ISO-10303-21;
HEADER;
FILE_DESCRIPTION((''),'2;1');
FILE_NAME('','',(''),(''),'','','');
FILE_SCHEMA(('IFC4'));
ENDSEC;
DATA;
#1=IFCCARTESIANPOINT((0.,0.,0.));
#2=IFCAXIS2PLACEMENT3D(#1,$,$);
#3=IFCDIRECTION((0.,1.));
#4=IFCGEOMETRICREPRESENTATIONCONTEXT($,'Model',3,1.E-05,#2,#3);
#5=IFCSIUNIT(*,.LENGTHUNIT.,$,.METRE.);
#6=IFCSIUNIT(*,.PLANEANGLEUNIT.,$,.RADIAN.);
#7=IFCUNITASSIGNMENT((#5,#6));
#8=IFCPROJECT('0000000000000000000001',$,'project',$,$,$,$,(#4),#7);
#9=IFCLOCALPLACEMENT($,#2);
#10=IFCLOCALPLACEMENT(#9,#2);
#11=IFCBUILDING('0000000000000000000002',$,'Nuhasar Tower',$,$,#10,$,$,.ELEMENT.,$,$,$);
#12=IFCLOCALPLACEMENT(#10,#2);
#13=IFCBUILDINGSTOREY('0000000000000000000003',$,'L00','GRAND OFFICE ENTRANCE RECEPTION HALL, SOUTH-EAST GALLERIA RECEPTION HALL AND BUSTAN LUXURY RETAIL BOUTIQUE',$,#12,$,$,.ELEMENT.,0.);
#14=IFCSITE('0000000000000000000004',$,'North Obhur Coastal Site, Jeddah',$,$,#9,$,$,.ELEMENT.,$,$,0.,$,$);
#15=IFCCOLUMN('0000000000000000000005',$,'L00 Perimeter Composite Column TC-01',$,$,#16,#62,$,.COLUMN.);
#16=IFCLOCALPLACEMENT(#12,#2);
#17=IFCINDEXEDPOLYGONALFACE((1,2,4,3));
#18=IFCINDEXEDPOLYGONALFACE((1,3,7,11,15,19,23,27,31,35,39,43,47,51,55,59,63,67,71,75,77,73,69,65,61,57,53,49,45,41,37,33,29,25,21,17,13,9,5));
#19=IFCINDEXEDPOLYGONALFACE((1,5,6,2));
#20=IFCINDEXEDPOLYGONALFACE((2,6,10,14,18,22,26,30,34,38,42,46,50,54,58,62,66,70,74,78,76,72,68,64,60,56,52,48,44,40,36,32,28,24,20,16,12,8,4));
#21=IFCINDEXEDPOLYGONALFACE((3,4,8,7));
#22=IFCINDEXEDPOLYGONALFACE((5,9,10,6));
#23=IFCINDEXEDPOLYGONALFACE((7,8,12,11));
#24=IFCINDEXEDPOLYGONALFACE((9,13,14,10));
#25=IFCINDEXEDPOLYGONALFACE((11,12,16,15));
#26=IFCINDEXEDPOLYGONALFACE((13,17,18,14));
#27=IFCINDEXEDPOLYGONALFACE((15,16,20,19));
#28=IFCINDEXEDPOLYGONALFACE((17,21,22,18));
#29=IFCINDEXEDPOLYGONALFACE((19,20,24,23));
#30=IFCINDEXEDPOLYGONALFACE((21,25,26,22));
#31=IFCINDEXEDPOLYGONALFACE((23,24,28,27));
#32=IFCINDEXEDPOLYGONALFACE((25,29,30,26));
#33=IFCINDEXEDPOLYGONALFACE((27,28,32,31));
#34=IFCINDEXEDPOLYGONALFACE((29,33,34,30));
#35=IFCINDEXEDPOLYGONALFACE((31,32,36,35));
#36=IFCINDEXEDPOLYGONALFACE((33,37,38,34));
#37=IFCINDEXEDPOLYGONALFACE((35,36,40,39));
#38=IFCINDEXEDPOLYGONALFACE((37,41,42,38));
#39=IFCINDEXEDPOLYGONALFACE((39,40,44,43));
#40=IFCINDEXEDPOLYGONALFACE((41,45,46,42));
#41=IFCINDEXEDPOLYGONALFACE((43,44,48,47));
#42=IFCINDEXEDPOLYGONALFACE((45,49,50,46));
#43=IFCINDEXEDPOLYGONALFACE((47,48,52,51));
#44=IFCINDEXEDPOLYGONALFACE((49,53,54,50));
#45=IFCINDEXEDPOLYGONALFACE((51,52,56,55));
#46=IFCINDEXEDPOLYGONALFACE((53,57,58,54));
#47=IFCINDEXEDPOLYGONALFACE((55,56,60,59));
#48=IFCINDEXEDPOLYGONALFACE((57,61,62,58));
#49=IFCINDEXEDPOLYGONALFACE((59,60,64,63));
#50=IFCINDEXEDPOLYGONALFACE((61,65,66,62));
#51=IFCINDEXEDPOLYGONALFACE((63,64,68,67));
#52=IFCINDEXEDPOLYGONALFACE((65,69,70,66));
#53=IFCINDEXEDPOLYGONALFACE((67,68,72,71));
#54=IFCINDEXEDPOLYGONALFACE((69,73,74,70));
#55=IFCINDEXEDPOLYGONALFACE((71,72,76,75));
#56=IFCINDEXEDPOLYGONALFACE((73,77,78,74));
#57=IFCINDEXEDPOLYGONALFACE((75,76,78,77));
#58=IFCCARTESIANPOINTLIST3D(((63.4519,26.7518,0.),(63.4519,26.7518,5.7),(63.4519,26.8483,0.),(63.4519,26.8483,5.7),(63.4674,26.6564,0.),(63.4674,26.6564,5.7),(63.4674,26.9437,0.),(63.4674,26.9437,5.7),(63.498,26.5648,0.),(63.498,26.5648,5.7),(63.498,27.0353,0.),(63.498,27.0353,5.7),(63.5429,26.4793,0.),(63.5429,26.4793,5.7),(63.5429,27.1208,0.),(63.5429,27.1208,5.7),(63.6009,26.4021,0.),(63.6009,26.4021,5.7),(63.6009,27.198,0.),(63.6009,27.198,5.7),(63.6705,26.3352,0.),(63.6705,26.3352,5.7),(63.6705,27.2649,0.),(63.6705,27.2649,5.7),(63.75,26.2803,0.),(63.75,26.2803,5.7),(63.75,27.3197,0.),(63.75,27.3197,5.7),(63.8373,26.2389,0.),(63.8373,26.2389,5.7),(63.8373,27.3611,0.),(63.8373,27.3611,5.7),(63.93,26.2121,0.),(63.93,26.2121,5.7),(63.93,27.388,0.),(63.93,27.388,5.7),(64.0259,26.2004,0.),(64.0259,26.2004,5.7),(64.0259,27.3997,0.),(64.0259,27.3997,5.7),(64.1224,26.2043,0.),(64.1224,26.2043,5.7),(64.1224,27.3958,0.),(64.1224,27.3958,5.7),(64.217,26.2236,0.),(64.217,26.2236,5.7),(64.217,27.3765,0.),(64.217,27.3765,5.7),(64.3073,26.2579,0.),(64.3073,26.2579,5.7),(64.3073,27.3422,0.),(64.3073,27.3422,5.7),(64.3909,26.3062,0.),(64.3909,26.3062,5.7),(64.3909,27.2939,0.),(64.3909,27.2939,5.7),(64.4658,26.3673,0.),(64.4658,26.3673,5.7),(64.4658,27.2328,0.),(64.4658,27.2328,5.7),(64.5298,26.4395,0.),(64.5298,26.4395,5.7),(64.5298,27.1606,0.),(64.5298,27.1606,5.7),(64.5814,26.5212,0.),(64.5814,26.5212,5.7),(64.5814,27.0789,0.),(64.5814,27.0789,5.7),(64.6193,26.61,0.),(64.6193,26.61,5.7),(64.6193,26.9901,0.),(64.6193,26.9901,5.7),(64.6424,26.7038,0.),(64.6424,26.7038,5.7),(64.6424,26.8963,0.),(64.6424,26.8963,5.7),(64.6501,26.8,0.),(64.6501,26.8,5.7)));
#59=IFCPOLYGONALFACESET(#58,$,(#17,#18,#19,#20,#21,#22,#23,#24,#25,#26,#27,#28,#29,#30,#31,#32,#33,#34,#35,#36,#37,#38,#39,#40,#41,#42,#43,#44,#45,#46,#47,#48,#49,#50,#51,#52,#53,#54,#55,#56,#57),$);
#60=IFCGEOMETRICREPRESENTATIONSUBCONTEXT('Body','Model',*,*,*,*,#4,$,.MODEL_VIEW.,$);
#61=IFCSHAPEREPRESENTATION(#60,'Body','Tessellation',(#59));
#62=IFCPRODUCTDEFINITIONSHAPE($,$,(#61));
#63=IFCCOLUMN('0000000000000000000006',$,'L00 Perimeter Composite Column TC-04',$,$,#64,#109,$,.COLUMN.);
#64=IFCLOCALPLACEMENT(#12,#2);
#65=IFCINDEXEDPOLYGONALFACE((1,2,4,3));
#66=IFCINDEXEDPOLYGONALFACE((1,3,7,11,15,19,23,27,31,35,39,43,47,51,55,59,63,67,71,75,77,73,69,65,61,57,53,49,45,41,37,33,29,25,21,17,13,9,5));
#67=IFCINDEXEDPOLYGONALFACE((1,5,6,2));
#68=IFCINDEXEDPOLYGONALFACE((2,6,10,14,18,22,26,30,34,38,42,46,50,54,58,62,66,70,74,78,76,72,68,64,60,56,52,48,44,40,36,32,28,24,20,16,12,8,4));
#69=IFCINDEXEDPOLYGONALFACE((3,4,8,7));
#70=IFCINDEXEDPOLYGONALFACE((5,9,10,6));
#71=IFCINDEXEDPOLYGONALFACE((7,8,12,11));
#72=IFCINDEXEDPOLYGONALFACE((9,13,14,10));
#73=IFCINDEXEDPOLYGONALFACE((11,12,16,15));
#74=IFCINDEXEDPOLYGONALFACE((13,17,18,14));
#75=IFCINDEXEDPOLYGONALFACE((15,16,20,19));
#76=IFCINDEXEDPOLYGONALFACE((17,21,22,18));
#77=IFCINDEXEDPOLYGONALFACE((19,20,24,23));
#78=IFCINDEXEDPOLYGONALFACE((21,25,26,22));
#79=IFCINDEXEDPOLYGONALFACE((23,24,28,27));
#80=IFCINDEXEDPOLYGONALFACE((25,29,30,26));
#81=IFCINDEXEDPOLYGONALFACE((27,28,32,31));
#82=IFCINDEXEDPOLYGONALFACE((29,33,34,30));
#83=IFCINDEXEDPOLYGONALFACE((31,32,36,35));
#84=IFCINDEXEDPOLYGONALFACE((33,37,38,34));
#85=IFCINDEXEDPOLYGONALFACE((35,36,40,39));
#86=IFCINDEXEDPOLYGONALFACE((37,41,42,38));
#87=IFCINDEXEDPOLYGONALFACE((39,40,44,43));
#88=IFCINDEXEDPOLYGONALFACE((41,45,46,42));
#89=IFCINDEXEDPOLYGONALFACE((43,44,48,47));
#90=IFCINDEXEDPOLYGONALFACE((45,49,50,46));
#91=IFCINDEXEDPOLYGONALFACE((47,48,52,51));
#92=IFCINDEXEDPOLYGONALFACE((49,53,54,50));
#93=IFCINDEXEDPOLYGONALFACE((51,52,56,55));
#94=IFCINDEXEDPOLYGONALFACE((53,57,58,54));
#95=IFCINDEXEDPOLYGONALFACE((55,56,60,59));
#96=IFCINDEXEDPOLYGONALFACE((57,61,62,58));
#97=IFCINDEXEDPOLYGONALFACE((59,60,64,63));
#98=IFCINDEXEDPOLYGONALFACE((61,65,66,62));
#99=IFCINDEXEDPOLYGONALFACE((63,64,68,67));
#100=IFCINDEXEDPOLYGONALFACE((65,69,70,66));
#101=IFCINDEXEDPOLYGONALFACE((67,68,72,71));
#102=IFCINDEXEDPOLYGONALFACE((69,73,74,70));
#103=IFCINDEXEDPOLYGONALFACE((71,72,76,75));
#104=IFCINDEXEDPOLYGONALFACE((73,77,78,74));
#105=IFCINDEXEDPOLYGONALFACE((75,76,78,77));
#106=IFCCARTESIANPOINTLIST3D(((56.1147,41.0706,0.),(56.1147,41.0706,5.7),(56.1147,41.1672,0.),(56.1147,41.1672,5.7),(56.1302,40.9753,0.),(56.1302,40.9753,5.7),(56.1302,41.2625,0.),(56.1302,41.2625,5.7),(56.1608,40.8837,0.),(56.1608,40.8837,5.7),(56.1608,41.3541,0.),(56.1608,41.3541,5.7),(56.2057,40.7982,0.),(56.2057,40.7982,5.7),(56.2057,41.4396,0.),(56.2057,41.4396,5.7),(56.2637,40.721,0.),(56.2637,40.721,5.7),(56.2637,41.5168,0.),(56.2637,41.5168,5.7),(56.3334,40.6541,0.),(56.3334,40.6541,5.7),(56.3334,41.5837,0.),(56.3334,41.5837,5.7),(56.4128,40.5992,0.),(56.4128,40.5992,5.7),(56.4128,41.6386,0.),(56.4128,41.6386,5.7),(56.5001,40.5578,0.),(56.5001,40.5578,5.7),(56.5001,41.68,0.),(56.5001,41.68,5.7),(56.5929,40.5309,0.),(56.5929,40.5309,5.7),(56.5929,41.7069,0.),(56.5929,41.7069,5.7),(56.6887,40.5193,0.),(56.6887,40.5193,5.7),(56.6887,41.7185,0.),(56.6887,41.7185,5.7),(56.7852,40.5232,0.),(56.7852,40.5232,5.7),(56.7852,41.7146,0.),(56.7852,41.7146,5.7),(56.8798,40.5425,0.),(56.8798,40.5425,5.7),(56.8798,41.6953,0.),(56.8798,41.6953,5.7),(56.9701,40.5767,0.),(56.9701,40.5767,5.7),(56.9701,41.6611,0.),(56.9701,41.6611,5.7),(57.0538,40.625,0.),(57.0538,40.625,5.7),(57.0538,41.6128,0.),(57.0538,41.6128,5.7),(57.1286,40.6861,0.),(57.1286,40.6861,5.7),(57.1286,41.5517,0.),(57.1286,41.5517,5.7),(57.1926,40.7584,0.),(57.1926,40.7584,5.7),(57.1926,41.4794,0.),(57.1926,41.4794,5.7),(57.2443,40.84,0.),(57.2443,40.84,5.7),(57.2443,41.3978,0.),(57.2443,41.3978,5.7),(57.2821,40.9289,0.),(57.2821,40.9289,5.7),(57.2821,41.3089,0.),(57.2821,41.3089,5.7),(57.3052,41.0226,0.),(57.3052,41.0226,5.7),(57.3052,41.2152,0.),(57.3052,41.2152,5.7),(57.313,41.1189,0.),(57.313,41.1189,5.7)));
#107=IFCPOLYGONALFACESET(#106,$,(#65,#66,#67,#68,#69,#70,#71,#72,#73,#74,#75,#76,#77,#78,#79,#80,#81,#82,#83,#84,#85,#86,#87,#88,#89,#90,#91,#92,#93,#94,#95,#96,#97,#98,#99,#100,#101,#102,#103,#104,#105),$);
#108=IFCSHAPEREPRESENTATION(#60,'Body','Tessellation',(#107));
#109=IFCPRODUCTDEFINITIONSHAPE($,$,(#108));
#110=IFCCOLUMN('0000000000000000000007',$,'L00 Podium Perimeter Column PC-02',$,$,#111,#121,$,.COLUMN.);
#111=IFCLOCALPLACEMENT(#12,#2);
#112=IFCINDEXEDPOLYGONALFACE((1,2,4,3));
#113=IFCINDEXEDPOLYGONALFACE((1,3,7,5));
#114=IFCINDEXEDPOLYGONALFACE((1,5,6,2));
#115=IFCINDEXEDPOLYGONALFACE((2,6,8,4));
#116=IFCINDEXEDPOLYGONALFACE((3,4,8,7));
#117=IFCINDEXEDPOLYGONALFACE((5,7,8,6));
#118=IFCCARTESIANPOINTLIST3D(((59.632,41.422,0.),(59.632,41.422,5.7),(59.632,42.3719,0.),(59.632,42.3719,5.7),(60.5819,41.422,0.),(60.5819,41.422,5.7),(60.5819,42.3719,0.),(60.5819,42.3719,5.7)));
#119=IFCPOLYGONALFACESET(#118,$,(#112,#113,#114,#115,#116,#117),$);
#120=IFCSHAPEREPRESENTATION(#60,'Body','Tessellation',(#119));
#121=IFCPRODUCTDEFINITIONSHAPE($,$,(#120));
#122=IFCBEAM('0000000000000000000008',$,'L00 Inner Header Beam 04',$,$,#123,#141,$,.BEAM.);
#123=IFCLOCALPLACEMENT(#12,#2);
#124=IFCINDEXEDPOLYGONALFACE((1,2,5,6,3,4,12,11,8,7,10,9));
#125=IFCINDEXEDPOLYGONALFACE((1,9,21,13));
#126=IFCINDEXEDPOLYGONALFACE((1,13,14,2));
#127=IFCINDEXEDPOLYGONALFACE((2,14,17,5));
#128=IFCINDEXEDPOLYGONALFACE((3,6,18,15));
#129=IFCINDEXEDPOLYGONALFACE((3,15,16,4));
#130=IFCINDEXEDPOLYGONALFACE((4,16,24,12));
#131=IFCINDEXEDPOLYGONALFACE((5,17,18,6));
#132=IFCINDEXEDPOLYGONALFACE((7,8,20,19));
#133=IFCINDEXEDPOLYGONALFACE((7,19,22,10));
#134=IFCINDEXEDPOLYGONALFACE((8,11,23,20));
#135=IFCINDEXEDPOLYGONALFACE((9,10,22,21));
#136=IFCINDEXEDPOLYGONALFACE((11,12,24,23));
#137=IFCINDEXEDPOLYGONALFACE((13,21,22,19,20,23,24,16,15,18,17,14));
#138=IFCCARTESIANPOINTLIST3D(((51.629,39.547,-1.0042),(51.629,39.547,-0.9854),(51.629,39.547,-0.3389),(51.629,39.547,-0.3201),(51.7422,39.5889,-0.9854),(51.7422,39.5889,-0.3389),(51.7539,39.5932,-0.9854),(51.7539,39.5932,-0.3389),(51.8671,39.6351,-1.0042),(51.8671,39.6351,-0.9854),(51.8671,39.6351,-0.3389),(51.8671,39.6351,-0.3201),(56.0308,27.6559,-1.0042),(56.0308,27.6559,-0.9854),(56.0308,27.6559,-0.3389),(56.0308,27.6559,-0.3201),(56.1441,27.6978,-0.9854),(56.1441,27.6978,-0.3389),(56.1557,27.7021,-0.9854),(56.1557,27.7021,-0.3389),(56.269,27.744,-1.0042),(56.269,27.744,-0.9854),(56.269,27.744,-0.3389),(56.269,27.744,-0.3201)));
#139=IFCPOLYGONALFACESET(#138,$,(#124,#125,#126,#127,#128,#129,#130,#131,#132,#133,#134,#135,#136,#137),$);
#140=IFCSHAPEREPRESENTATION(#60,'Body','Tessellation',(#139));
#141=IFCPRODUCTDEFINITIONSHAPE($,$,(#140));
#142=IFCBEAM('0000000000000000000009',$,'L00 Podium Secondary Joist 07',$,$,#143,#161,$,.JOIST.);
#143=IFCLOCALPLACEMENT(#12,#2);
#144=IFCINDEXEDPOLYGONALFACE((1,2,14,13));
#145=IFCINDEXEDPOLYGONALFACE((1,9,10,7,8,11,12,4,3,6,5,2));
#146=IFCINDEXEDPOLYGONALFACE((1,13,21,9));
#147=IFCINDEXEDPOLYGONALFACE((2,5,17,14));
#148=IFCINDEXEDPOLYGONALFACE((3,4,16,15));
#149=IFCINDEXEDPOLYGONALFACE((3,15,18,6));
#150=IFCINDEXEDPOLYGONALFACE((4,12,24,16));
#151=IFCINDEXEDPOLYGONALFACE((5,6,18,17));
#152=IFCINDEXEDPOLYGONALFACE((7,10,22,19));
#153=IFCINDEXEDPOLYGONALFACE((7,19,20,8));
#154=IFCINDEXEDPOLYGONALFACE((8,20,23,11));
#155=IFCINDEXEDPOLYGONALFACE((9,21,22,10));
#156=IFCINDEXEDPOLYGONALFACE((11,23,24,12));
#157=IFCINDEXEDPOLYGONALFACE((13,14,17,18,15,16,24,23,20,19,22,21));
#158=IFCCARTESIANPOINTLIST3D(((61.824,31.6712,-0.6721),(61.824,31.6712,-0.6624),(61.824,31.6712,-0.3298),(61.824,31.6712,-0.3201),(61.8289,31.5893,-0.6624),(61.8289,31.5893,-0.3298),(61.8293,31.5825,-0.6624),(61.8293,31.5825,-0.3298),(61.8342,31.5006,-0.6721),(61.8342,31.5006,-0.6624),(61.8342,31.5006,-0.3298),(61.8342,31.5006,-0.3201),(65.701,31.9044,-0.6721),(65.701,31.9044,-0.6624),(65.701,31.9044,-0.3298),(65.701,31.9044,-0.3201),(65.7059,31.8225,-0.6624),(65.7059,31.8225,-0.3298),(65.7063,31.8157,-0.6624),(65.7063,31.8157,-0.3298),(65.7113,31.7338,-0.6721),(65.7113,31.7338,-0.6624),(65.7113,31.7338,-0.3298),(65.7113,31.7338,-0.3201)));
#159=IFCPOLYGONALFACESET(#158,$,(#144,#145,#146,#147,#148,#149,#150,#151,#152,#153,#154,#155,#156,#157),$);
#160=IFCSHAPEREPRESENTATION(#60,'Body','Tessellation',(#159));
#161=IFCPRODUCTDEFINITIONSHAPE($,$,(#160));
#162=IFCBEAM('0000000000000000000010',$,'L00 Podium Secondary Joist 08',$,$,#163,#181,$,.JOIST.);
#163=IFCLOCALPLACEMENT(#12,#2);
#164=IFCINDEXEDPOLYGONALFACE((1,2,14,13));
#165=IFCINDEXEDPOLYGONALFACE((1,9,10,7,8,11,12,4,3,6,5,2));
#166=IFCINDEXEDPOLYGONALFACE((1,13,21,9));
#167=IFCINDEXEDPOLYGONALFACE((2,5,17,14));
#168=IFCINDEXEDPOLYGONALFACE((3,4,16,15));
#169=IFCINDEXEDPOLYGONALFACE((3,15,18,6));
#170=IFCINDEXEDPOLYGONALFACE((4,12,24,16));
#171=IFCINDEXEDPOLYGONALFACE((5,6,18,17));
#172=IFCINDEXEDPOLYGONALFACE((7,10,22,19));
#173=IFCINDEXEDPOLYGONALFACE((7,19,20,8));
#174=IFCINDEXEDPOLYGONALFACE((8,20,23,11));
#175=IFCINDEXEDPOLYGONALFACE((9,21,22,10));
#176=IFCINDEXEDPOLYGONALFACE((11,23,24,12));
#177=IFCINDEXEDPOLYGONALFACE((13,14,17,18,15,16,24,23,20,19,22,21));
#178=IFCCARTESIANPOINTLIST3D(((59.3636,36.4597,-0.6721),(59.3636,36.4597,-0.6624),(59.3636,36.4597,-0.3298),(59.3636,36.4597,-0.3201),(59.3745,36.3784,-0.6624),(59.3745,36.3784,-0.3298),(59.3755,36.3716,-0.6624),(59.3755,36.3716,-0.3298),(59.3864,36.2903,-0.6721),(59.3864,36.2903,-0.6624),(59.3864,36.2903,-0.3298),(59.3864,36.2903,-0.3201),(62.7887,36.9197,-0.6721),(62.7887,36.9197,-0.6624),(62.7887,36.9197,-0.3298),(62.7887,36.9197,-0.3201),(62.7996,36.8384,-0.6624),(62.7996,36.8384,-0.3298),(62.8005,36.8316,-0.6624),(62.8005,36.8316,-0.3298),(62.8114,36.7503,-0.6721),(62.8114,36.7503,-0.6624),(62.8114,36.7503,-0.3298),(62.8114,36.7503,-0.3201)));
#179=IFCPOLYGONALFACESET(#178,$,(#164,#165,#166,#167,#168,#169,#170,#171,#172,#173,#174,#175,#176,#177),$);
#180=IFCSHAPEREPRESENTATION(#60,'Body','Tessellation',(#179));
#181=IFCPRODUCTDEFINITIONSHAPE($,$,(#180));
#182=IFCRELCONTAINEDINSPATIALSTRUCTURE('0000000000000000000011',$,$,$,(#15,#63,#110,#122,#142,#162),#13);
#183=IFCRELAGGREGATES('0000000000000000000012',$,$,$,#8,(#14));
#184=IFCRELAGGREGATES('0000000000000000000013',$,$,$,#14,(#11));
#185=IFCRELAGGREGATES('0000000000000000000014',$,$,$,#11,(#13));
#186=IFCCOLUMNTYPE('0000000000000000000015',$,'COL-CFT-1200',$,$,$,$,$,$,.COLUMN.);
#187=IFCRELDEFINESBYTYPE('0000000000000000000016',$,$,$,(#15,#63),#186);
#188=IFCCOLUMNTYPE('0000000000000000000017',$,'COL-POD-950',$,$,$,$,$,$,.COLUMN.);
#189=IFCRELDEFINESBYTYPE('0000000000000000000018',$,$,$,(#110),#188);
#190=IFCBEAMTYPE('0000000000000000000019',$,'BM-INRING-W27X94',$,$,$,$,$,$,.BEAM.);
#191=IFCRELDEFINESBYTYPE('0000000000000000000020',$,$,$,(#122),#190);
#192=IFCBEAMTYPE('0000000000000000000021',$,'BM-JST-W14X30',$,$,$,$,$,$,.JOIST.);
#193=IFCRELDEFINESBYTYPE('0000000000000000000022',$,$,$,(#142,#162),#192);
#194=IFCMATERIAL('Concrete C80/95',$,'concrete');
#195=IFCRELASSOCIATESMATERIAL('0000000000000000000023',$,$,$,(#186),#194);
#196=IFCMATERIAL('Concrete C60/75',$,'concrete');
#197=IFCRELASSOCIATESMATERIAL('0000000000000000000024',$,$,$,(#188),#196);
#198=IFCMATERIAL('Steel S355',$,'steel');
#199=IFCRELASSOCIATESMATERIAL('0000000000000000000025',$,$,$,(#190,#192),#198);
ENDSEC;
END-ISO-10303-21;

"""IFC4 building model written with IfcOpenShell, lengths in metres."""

from ifc_helpers import new_model, si_unit, direction, frame, origin, origin_2d, place, context, subcontext, project, spatial, rectangle, circle, i_section, extrude, material, material_profile, profile_set, type_object, element, save


model = new_model("IFC4")

# Units and contexts
model_context = context("Model", 3, precision=1e-05, world=origin(), true_north=direction((0.0, 1.0)))
body_context = subcontext(model_context, "Body", "Model", "MODEL_VIEW")
ifc_project = project(units=[si_unit("LENGTHUNIT", "METRE"), si_unit("PLANEANGLEUNIT", "RADIAN")], contexts=[model_context])

# Site, building, storey
site_placement = place(None, origin())
site = spatial("IfcSite", under=ifc_project, at=site_placement, Name="North Obhur Coastal Site, Jeddah", CompositionType="ELEMENT", RefElevation=0.0)
building_placement = place(site_placement, origin())
building = spatial("IfcBuilding", under=site, at=building_placement, Name="Nuhasar Tower", CompositionType="ELEMENT")
storey_placement = place(building_placement, origin())
storey = spatial("IfcBuildingStorey", under=building, at=storey_placement, Name="L00", Description="GRAND OFFICE ENTRANCE RECEPTION HALL, SOUTH-EAST GALLERIA RECEPTION HALL AND BUSTAN LUXURY RETAIL BOUTIQUE", CompositionType="ELEMENT", Elevation=0.0)

# Columns
ifc_material_1 = material(Name="Concrete C80/95", Category="concrete")
ifc_material_profile_1 = material_profile(ifc_material_1, circle(Radius=0.6001, at=origin_2d()), Name="CFT1200")
ifc_profile_set_1 = profile_set([ifc_material_profile_1], Name="Concrete C80/95")
column_type_1 = type_object("IfcColumnType", Name="COL-CFT-1200", PredefinedType="COLUMN", material=ifc_profile_set_1)
for number, where, z_axis, x_axis, name in (
    (1, (64.05, 26.8, 0.0), (0.0, 0.0, 1.0), (1.0, 0.0, 0.0), "L00 Perimeter Composite Column TC-01"),
    (2, (56.7129, 41.1189, 0.0), (0.0, 0.0, 1.0), (1.0, 0.0, 0.0), "L00 Perimeter Composite Column TC-04"),
):
    element("IfcColumn", number, at=place(storey_placement, frame(where, z_axis=z_axis, x_axis=x_axis)), inside=storey, type_object=column_type_1, Name=name, PredefinedType="COLUMN", context=body_context, shape_type="SweptSolid", body=[
        extrude(circle(Radius=0.6001, at=origin_2d()), origin(), (0.0, 0.0, 1.0), 5.7),
    ])
ifc_material_2 = material(Name="Concrete C60/75", Category="concrete")
ifc_material_profile_2 = material_profile(ifc_material_2, rectangle(XDim=0.95, YDim=0.95, at=origin_2d()), Name="RC950X950")
ifc_profile_set_2 = profile_set([ifc_material_profile_2], Name="Concrete C60/75")
column_type_2 = type_object("IfcColumnType", Name="COL-POD-950", PredefinedType="COLUMN", material=ifc_profile_set_2)
column_placement = place(storey_placement, frame((60.1069, 41.897, 0.0), z_axis=(0.0, 0.0, 1.0), x_axis=(1.0, 0.0, 0.0)))
element("IfcColumn", 3, at=column_placement, inside=storey, type_object=column_type_2, Name="L00 Podium Perimeter Column PC-02", PredefinedType="COLUMN", context=body_context, shape_type="SweptSolid", body=[
    extrude(rectangle(XDim=0.95, YDim=0.95, at=origin_2d()), origin(), (0.0, 0.0, 1.0), 5.7),
])

# Beams
ifc_material_3 = material(Name="Steel S355", Category="steel")
ifc_material_profile_3 = material_profile(ifc_material_3, i_section(OverallWidth=0.2539, OverallDepth=0.6841, WebThickness=0.0125, FlangeThickness=0.0188, at=origin_2d()), Name="W27X94")
ifc_profile_set_3 = profile_set([ifc_material_profile_3], Name="Steel S355")
beam_type_1 = type_object("IfcBeamType", Name="BM-INRING-W27X94", PredefinedType="BEAM", material=ifc_profile_set_3)
beam_1_placement = place(storey_placement, frame((56.1499, 27.7, -0.6621), z_axis=(-0.347158, 0.937807, 0.0), x_axis=(-0.937807, -0.347158, 0.0)))
element("IfcBeam", 4, at=beam_1_placement, inside=storey, type_object=beam_type_1, Name="L00 Inner Header Beam 04", PredefinedType="BEAM", context=body_context, shape_type="SweptSolid", body=[
    extrude(i_section(OverallWidth=0.2539, OverallDepth=0.6841, WebThickness=0.0125, FlangeThickness=0.0188, at=origin_2d()), origin(), (0.0, 0.0, 1.0), 12.6797),
])
ifc_material_profile_4 = material_profile(ifc_material_3, i_section(OverallWidth=0.1709, OverallDepth=0.3521, WebThickness=0.0068, FlangeThickness=0.0098, at=origin_2d()), Name="W14X30")
ifc_profile_set_4 = profile_set([ifc_material_profile_4], Name="Steel S355")
beam_type_2 = type_object("IfcBeamType", Name="BM-JST-W14X30", PredefinedType="JOIST", material=ifc_profile_set_4)
beam_2_placement = place(storey_placement, frame((61.8291, 31.5859, -0.4961), z_axis=(0.998197, 0.06003, 0.0), x_axis=(-0.06003, 0.998197, 0.0)))
element("IfcBeam", 5, at=beam_2_placement, inside=storey, type_object=beam_type_2, Name="L00 Podium Secondary Joist 07", PredefinedType="JOIST", context=body_context, shape_type="SweptSolid", body=[
    extrude(i_section(OverallWidth=0.1709, OverallDepth=0.3521, WebThickness=0.0068, FlangeThickness=0.0098, at=origin_2d()), origin(), (0.0, 0.0, 1.0), 3.884),
])
beam_3_placement = place(storey_placement, frame((59.375, 36.375, -0.4961), z_axis=(0.991103, 0.133098, 0.0), x_axis=(-0.133098, 0.991103, 0.0)))
element("IfcBeam", 6, at=beam_3_placement, inside=storey, type_object=beam_type_2, Name="L00 Podium Secondary Joist 08", PredefinedType="JOIST", context=body_context, shape_type="SweptSolid", body=[
    extrude(i_section(OverallWidth=0.1709, OverallDepth=0.3521, WebThickness=0.0068, FlangeThickness=0.0098, at=origin_2d()), origin(), (0.0, 0.0, 1.0), 3.4558),
])

save(model, "model.ifc")
